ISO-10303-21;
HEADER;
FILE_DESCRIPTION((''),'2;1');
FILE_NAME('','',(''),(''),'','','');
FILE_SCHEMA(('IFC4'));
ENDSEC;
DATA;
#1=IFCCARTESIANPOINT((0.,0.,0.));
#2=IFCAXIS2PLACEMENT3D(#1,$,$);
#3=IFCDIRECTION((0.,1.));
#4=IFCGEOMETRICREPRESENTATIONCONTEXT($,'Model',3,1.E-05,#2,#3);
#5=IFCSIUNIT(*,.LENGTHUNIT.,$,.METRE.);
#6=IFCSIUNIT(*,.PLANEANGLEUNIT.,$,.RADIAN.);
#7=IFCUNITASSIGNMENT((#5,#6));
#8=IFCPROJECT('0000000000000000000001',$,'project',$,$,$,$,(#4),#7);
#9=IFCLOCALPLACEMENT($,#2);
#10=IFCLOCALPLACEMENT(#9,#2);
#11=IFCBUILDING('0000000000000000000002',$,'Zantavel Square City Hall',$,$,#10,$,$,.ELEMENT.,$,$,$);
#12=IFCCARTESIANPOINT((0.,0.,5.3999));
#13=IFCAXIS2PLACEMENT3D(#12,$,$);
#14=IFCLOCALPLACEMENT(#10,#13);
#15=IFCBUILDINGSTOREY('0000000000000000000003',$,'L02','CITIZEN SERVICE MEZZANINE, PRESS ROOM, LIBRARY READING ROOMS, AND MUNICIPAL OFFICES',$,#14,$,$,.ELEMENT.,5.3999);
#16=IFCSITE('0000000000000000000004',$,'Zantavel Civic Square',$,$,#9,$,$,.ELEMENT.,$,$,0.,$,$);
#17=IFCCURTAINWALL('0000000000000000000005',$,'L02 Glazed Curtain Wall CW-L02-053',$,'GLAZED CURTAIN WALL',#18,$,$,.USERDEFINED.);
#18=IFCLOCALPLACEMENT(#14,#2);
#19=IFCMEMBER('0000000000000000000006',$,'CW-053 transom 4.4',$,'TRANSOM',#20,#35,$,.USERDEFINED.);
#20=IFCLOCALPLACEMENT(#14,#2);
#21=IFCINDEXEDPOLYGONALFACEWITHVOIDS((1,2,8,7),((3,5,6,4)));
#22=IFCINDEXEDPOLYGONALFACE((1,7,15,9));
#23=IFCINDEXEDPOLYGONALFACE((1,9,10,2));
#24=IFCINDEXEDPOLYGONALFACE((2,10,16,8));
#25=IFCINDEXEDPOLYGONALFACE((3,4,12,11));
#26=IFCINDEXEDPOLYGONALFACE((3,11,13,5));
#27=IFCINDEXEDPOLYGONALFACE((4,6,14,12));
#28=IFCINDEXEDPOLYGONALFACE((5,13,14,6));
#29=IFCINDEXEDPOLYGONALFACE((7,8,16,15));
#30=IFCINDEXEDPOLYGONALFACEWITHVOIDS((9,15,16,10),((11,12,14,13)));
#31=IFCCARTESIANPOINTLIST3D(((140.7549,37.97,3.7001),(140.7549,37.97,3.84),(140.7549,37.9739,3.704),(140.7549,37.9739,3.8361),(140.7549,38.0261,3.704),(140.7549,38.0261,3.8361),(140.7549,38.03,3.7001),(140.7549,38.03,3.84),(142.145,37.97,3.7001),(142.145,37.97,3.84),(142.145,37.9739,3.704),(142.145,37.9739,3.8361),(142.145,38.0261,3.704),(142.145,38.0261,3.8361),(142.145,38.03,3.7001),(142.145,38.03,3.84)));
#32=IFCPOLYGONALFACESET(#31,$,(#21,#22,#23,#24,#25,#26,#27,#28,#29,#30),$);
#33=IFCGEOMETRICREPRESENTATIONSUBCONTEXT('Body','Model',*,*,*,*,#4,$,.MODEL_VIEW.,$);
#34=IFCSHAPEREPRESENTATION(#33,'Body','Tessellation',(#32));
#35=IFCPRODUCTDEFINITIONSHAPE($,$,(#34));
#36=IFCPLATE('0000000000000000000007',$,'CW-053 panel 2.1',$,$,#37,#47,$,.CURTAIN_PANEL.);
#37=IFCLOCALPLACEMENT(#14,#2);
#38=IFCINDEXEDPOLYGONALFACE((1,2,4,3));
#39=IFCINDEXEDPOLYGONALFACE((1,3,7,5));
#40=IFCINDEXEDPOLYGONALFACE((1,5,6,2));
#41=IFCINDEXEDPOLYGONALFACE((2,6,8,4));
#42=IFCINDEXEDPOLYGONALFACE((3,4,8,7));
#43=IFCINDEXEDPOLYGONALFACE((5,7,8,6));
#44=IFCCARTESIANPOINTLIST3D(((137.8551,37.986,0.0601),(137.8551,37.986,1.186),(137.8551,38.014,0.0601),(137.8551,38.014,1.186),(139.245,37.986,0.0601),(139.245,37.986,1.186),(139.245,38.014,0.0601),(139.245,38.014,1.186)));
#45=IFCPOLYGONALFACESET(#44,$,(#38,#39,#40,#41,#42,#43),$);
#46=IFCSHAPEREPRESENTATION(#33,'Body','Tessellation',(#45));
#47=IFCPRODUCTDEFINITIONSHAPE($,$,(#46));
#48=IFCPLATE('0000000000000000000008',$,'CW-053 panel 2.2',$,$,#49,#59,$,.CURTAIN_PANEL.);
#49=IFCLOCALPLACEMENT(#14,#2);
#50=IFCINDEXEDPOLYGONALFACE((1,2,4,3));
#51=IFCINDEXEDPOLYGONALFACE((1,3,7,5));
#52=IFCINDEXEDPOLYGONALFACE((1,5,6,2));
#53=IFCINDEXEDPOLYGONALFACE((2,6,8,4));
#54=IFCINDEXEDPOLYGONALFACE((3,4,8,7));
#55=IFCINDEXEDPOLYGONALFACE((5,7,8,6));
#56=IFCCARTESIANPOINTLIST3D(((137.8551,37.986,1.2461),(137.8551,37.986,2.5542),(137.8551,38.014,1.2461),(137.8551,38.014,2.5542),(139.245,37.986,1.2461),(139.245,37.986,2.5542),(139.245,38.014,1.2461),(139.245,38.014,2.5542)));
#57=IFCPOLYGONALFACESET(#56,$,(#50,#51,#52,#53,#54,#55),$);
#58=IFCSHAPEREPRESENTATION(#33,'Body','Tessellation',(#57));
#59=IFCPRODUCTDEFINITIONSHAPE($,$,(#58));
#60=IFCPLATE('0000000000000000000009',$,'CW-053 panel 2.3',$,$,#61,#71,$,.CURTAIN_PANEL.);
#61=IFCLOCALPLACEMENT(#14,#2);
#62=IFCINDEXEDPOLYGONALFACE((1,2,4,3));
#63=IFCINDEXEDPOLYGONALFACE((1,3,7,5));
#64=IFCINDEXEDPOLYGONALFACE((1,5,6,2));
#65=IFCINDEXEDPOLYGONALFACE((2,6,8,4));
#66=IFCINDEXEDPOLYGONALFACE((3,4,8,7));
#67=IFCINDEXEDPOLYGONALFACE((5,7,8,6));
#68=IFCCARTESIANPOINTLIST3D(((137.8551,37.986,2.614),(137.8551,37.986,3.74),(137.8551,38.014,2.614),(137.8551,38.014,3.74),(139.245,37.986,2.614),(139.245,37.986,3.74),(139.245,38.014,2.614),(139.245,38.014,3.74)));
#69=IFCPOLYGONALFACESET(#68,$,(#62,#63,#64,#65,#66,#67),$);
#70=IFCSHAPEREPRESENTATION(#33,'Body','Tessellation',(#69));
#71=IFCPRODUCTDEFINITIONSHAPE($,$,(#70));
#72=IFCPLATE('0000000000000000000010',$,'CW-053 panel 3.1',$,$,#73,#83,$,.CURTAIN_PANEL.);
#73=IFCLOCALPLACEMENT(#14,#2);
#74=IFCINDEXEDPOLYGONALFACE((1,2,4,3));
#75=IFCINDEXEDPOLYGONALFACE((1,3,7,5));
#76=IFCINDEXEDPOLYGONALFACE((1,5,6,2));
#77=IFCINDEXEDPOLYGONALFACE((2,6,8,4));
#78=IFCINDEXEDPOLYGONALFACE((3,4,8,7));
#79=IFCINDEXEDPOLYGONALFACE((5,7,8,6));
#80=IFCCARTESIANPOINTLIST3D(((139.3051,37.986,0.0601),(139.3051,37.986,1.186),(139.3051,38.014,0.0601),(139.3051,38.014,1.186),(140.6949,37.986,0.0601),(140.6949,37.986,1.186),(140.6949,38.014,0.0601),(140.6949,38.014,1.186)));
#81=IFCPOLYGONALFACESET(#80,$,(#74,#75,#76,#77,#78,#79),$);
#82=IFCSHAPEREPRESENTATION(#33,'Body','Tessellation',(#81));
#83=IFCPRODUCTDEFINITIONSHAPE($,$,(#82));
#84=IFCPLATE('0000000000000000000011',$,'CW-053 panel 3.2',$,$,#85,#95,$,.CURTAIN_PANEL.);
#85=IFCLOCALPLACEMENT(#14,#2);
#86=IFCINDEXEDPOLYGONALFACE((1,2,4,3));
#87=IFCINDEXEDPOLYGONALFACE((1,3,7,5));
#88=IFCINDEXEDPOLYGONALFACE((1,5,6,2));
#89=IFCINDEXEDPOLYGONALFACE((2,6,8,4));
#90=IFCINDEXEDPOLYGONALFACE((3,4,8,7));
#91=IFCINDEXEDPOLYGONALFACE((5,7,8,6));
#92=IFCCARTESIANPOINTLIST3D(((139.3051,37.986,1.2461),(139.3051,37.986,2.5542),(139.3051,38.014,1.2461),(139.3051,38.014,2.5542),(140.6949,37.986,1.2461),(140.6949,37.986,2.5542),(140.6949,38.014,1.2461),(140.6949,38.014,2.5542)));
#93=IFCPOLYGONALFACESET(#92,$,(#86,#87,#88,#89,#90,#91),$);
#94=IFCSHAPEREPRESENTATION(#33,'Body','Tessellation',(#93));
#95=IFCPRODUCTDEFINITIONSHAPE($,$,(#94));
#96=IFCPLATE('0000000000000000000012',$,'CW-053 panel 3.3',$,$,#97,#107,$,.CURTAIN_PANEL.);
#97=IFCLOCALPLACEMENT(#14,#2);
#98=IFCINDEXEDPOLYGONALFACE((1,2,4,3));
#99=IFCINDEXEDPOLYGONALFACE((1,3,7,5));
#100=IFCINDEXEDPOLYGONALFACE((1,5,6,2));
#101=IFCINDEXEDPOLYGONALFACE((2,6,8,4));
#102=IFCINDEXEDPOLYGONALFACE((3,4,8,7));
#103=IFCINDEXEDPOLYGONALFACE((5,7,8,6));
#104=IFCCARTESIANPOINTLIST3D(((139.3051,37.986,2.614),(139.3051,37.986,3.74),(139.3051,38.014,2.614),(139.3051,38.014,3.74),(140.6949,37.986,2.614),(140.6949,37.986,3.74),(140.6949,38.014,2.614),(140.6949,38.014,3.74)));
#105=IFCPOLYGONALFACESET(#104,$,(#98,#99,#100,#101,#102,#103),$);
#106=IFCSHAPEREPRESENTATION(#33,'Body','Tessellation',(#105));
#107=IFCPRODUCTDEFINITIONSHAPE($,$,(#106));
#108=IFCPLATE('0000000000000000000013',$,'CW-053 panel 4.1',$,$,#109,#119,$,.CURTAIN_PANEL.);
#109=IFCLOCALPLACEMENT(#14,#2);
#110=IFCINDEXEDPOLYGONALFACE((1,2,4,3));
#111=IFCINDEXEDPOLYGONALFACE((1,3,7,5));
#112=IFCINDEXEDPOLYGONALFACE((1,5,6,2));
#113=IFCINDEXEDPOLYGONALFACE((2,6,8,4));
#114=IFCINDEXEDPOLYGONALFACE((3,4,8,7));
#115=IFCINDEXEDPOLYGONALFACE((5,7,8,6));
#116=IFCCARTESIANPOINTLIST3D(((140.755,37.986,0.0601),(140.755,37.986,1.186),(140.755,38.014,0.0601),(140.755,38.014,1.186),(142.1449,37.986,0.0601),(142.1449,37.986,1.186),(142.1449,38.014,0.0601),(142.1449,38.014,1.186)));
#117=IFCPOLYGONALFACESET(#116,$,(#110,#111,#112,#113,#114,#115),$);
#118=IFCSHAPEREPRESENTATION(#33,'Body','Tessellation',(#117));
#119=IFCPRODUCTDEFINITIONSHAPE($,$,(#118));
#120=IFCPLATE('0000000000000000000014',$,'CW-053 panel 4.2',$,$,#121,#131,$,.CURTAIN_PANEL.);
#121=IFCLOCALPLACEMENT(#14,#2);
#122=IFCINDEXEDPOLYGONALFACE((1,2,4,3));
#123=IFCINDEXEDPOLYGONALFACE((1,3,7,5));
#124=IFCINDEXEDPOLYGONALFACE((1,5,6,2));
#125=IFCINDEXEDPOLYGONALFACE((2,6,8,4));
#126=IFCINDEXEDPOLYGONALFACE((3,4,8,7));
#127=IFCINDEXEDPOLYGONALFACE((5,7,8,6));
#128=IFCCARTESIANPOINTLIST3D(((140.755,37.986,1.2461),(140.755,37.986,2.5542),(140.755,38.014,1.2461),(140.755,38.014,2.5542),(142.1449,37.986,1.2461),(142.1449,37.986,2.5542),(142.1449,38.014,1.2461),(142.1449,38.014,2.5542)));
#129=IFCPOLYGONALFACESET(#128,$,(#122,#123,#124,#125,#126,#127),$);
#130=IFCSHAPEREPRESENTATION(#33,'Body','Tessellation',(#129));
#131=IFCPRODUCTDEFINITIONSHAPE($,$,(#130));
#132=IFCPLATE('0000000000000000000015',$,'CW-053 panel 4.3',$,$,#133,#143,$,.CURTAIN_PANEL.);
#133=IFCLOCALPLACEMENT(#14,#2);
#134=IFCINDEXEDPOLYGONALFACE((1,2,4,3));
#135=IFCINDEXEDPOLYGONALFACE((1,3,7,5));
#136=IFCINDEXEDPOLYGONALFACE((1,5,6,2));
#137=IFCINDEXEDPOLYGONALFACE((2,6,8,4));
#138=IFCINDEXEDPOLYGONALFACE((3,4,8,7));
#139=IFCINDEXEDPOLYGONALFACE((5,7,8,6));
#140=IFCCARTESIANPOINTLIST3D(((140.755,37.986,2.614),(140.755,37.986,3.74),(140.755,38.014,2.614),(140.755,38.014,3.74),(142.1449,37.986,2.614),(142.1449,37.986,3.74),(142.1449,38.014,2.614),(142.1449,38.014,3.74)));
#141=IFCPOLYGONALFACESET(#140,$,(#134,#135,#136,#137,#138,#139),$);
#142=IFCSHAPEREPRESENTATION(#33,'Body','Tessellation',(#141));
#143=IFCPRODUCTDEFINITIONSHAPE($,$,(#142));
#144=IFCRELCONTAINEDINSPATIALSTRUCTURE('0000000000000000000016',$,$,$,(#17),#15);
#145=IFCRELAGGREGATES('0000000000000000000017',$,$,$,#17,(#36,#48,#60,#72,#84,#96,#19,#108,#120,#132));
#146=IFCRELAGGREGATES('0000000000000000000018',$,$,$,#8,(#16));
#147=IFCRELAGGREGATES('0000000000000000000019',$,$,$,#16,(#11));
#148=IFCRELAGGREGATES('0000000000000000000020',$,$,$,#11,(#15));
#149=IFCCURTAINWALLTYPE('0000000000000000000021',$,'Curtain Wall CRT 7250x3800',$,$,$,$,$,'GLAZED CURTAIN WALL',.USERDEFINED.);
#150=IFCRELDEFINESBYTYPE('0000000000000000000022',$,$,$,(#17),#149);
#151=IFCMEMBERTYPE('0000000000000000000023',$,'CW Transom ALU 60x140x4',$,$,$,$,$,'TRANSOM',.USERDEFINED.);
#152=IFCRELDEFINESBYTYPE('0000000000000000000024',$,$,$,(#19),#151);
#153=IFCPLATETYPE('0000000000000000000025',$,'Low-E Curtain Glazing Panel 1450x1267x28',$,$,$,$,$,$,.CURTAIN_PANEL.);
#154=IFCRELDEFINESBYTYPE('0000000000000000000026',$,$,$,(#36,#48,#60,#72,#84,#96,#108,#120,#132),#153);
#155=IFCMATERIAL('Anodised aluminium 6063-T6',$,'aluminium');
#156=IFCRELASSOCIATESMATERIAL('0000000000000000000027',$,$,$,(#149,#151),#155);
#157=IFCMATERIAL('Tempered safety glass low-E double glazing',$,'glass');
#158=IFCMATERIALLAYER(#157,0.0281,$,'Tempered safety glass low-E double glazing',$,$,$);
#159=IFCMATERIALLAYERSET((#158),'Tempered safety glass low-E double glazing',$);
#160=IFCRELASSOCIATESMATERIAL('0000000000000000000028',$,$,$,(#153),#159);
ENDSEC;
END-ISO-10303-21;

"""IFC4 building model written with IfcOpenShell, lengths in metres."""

from ifc_helpers import new_model, si_unit, direction, frame, origin, origin_2d, place, context, subcontext, project, spatial, rectangle, hollow_rectangle, extrude, material, layer, layer_set, material_profile, profile_set, type_object, element, aggregate, save


model = new_model("IFC4")

# Units and contexts
model_context = context("Model", 3, precision=1e-05, world=origin(), true_north=direction((0.0, 1.0)))
body_context = subcontext(model_context, "Body", "Model", "MODEL_VIEW")
ifc_project = project(units=[si_unit("LENGTHUNIT", "METRE"), si_unit("PLANEANGLEUNIT", "RADIAN")], contexts=[model_context])

# Site, building, storey
site_placement = place(None, origin())
site = spatial("IfcSite", under=ifc_project, at=site_placement, Name="Zantavel Civic Square", CompositionType="ELEMENT", RefElevation=0.0)
building_placement = place(site_placement, origin())
building = spatial("IfcBuilding", under=site, at=building_placement, Name="Zantavel Square City Hall", CompositionType="ELEMENT")
storey_placement = place(building_placement, frame((0.0, 0.0, 5.3999)))
storey = spatial("IfcBuildingStorey", under=building, at=storey_placement, Name="L02", Description="CITIZEN SERVICE MEZZANINE, PRESS ROOM, LIBRARY READING ROOMS, AND MUNICIPAL OFFICES", CompositionType="ELEMENT", Elevation=5.3999)

# Curtain wall, member, plates
ifc_material_1 = material(Name="Anodised aluminium 6063-T6", Category="aluminium")
curtain_wall_type = type_object("IfcCurtainWallType", Name="Curtain Wall CRT 7250x3800", ElementType="GLAZED CURTAIN WALL", PredefinedType="USERDEFINED", material=ifc_material_1)
curtain_wall_placement = place(storey_placement, origin())
curtain_wall = element("IfcCurtainWall", 1, at=curtain_wall_placement, inside=storey, type_object=curtain_wall_type, Name="L02 Glazed Curtain Wall CW-L02-053", ObjectType="GLAZED CURTAIN WALL", PredefinedType="USERDEFINED")
ifc_material_profile_1 = material_profile(ifc_material_1, hollow_rectangle(XDim=0.0601, YDim=0.1399, WallThickness=0.0039, at=origin_2d()), Name="ALU 60x140x4")
ifc_profile_set_1 = profile_set([ifc_material_profile_1], Name="Anodised aluminium 6063-T6")
member_type_1 = type_object("IfcMemberType", Name="CW Transom ALU 60x140x4", ElementType="TRANSOM", PredefinedType="USERDEFINED", material=ifc_profile_set_1)
member_1_placement = place(storey_placement, frame((140.7549, 38.0, 3.77), z_axis=(1.0, 0.0, 0.0), x_axis=(0.0, 1.0, 0.0)))
member_1 = element("IfcMember", 2, at=member_1_placement, type_object=member_type_1, Name="CW-053 transom 4.4", ObjectType="TRANSOM", PredefinedType="USERDEFINED", context=body_context, shape_type="SweptSolid", body=[
    extrude(hollow_rectangle(XDim=0.0601, YDim=0.1399, WallThickness=0.0039, at=origin_2d()), origin(), (0.0, 0.0, 1.0), 1.3901),
])
ifc_material_2 = material(Name="Tempered safety glass low-E double glazing", Category="glass")
ifc_layer = layer(ifc_material_2, 0.0281, Name="Tempered safety glass low-E double glazing")
ifc_layer_set = layer_set([ifc_layer], Name="Tempered safety glass low-E double glazing")
plate_type = type_object("IfcPlateType", Name="Low-E Curtain Glazing Panel 1450x1267x28", PredefinedType="CURTAIN_PANEL", material=ifc_layer_set)
plate_1_placement = place(storey_placement, frame((138.55, 38.0, 0.0601), z_axis=(0.0, 0.0, 1.0), x_axis=(1.0, 0.0, 0.0)))
plate_1 = element("IfcPlate", 3, at=plate_1_placement, type_object=plate_type, Name="CW-053 panel 2.1", PredefinedType="CURTAIN_PANEL", context=body_context, shape_type="SweptSolid", body=[
    extrude(rectangle(XDim=1.3899, YDim=0.0281, at=origin_2d()), origin(), (0.0, 0.0, 1.0), 1.126),
])
plate_2_placement = place(storey_placement, frame((138.55, 38.0, 1.2461), z_axis=(0.0, 0.0, 1.0), x_axis=(1.0, 0.0, 0.0)))
plate_2 = element("IfcPlate", 4, at=plate_2_placement, type_object=plate_type, Name="CW-053 panel 2.2", PredefinedType="CURTAIN_PANEL", context=body_context, shape_type="SweptSolid", body=[
    extrude(rectangle(XDim=1.3899, YDim=0.0281, at=origin_2d()), origin(), (0.0, 0.0, 1.0), 1.3081),
])
plate_3_placement = place(storey_placement, frame((138.55, 38.0, 2.614), z_axis=(0.0, 0.0, 1.0), x_axis=(1.0, 0.0, 0.0)))
plate_3 = element("IfcPlate", 5, at=plate_3_placement, type_object=plate_type, Name="CW-053 panel 2.3", PredefinedType="CURTAIN_PANEL", context=body_context, shape_type="SweptSolid", body=[
    extrude(rectangle(XDim=1.3899, YDim=0.0281, at=origin_2d()), origin(), (0.0, 0.0, 1.0), 1.126),
])
plate_4_placement = place(storey_placement, frame((140.0, 38.0, 0.0601), z_axis=(0.0, 0.0, 1.0), x_axis=(1.0, 0.0, 0.0)))
plate_4 = element("IfcPlate", 6, at=plate_4_placement, type_object=plate_type, Name="CW-053 panel 3.1", PredefinedType="CURTAIN_PANEL", context=body_context, shape_type="SweptSolid", body=[
    extrude(rectangle(XDim=1.3899, YDim=0.0281, at=origin_2d()), origin(), (0.0, 0.0, 1.0), 1.126),
])
plate_5_placement = place(storey_placement, frame((140.0, 38.0, 1.2461), z_axis=(0.0, 0.0, 1.0), x_axis=(1.0, 0.0, 0.0)))
plate_5 = element("IfcPlate", 7, at=plate_5_placement, type_object=plate_type, Name="CW-053 panel 3.2", PredefinedType="CURTAIN_PANEL", context=body_context, shape_type="SweptSolid", body=[
    extrude(rectangle(XDim=1.3899, YDim=0.0281, at=origin_2d()), origin(), (0.0, 0.0, 1.0), 1.3081),
])
plate_6_placement = place(storey_placement, frame((140.0, 38.0, 2.614), z_axis=(0.0, 0.0, 1.0), x_axis=(1.0, 0.0, 0.0)))
plate_6 = element("IfcPlate", 8, at=plate_6_placement, type_object=plate_type, Name="CW-053 panel 3.3", PredefinedType="CURTAIN_PANEL", context=body_context, shape_type="SweptSolid", body=[
    extrude(rectangle(XDim=1.3899, YDim=0.0281, at=origin_2d()), origin(), (0.0, 0.0, 1.0), 1.126),
])
plate_7_placement = place(storey_placement, frame((141.45, 38.0, 0.0601), z_axis=(0.0, 0.0, 1.0), x_axis=(1.0, 0.0, 0.0)))
plate_7 = element("IfcPlate", 9, at=plate_7_placement, type_object=plate_type, Name="CW-053 panel 4.1", PredefinedType="CURTAIN_PANEL", context=body_context, shape_type="SweptSolid", body=[
    extrude(rectangle(XDim=1.3899, YDim=0.0281, at=origin_2d()), origin(), (0.0, 0.0, 1.0), 1.126),
])
plate_8_placement = place(storey_placement, frame((141.45, 38.0, 1.2461), z_axis=(0.0, 0.0, 1.0), x_axis=(1.0, 0.0, 0.0)))
plate_8 = element("IfcPlate", 10, at=plate_8_placement, type_object=plate_type, Name="CW-053 panel 4.2", PredefinedType="CURTAIN_PANEL", context=body_context, shape_type="SweptSolid", body=[
    extrude(rectangle(XDim=1.3899, YDim=0.0281, at=origin_2d()), origin(), (0.0, 0.0, 1.0), 1.3081),
])
plate_9_placement = place(storey_placement, frame((141.45, 38.0, 2.614), z_axis=(0.0, 0.0, 1.0), x_axis=(1.0, 0.0, 0.0)))
plate_9 = element("IfcPlate", 11, at=plate_9_placement, type_object=plate_type, Name="CW-053 panel 4.3", PredefinedType="CURTAIN_PANEL", context=body_context, shape_type="SweptSolid", body=[
    extrude(rectangle(XDim=1.3899, YDim=0.0281, at=origin_2d()), origin(), (0.0, 0.0, 1.0), 1.126),
])
aggregate(curtain_wall, [plate_1, plate_2, plate_3, plate_4, plate_5, plate_6, member_1, plate_7, plate_8, plate_9])

save(model, "model.ifc")
